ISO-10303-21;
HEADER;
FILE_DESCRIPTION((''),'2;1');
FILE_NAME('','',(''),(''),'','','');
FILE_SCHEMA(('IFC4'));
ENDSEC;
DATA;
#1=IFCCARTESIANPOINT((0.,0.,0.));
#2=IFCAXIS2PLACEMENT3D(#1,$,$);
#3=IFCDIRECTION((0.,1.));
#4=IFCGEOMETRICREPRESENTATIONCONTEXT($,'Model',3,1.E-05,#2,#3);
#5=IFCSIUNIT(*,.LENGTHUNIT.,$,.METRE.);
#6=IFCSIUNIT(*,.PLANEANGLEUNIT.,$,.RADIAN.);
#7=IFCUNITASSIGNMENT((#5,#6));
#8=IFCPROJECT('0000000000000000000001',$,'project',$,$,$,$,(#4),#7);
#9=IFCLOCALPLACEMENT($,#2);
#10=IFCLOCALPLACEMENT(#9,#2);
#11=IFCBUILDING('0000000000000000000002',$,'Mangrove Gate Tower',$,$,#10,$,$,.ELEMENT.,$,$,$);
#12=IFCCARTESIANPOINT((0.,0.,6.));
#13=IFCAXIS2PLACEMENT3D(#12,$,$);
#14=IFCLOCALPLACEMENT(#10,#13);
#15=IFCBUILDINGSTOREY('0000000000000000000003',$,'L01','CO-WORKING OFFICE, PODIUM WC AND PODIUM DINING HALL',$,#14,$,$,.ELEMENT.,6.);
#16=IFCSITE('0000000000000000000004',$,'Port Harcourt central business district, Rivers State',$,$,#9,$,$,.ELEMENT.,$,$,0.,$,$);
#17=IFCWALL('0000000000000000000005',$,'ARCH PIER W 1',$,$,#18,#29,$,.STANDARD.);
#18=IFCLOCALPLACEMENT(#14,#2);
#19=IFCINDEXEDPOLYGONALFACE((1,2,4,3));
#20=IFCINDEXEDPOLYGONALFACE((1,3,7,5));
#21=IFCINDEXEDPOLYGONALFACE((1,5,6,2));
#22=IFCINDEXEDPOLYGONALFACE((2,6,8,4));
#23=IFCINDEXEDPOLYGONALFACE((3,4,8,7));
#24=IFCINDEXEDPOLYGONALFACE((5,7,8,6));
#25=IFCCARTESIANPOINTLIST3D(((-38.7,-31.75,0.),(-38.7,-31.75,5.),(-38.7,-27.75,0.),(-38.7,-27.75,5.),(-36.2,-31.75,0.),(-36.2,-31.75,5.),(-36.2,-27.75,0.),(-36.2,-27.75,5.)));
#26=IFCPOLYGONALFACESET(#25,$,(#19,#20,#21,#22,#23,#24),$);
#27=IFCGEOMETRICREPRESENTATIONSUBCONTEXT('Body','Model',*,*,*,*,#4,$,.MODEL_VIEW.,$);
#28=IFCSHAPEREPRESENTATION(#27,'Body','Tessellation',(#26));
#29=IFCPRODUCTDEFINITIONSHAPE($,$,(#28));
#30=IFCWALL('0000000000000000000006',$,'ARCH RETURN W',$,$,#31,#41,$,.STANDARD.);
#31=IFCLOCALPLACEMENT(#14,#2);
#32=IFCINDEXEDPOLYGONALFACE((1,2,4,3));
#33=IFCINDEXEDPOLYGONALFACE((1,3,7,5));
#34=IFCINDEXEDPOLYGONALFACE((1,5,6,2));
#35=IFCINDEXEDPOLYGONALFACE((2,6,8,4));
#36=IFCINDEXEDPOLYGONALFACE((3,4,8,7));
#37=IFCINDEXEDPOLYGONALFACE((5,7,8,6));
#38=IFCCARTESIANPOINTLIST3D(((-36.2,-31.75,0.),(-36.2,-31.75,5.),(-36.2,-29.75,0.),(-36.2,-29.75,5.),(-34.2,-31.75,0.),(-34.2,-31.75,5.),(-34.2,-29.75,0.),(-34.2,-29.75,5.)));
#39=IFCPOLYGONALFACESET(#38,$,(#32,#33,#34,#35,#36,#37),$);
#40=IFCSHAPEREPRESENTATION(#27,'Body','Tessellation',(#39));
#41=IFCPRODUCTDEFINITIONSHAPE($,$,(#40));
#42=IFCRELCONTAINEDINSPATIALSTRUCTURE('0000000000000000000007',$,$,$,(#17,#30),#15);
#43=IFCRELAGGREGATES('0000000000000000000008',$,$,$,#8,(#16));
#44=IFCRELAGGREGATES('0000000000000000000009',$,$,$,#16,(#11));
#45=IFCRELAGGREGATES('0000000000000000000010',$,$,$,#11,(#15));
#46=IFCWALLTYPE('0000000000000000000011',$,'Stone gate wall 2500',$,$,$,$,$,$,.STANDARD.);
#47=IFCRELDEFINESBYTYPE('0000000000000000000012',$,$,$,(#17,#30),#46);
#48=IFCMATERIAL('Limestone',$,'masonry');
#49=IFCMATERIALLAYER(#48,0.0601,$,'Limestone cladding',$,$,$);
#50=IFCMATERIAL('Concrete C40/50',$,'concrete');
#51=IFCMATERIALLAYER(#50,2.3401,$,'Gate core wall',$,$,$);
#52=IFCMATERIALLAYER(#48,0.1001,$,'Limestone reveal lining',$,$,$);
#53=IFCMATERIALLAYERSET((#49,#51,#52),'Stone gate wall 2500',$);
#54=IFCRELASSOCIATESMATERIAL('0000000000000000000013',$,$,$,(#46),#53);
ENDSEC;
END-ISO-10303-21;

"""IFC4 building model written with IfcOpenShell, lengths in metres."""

from ifc_helpers import new_model, si_unit, direction, frame, frame_2d, origin, place, context, subcontext, project, spatial, rectangle, extrude, material, layer, layer_set, type_object, element, save


model = new_model("IFC4")

# Units and contexts
model_context = context("Model", 3, precision=1e-05, world=origin(), true_north=direction((0.0, 1.0)))
body_context = subcontext(model_context, "Body", "Model", "MODEL_VIEW")
ifc_project = project(units=[si_unit("LENGTHUNIT", "METRE"), si_unit("PLANEANGLEUNIT", "RADIAN")], contexts=[model_context])

# Site, building, storey
site_placement = place(None, origin())
site = spatial("IfcSite", under=ifc_project, at=site_placement, Name="Port Harcourt central business district, Rivers State", CompositionType="ELEMENT", RefElevation=0.0)
building_placement = place(site_placement, origin())
building = spatial("IfcBuilding", under=site, at=building_placement, Name="Mangrove Gate Tower", CompositionType="ELEMENT")
storey_placement = place(building_placement, frame((0.0, 0.0, 6.0)))
storey = spatial("IfcBuildingStorey", under=building, at=storey_placement, Name="L01", Description="CO-WORKING OFFICE, PODIUM WC AND PODIUM DINING HALL", CompositionType="ELEMENT", Elevation=6.0)

# Walls
ifc_material_1 = material(Name="Limestone", Category="masonry")
ifc_layer_1 = layer(ifc_material_1, 0.0601, Name="Limestone cladding")
ifc_material_2 = material(Name="Concrete C40/50", Category="concrete")
ifc_layer_2 = layer(ifc_material_2, 2.3401, Name="Gate core wall")
ifc_layer_3 = layer(ifc_material_1, 0.1001, Name="Limestone reveal lining")
ifc_layer_set = layer_set([ifc_layer_1, ifc_layer_2, ifc_layer_3], Name="Stone gate wall 2500")
wall_type = type_object("IfcWallType", Name="Stone gate wall 2500", PredefinedType="STANDARD", material=ifc_layer_set)
wall_1_placement = place(storey_placement, frame((-37.45, -31.75, 0.0), z_axis=(0.0, 0.0, 1.0), x_axis=(0.0, 1.0, 0.0)))
element("IfcWall", 1, at=wall_1_placement, inside=storey, type_object=wall_type, Name="ARCH PIER W 1", PredefinedType="STANDARD", context=body_context, shape_type="SweptSolid", body=[
    extrude(rectangle(XDim=4.0, YDim=2.5, at=frame_2d((2.0, 0.0))), origin(), (0.0, 0.0, 1.0), 5.0),
])
wall_2_placement = place(storey_placement, frame((-34.2, -30.75, 0.0), z_axis=(0.0, 0.0, 1.0), x_axis=(-1.0, 0.0, 0.0)))
element("IfcWall", 2, at=wall_2_placement, inside=storey, type_object=wall_type, Name="ARCH RETURN W", PredefinedType="STANDARD", context=body_context, shape_type="SweptSolid", body=[
    extrude(rectangle(XDim=2.0, YDim=2.0, at=frame_2d((1.0, 0.0))), origin(), (0.0, 0.0, 1.0), 5.0),
])

save(model, "model.ifc")
